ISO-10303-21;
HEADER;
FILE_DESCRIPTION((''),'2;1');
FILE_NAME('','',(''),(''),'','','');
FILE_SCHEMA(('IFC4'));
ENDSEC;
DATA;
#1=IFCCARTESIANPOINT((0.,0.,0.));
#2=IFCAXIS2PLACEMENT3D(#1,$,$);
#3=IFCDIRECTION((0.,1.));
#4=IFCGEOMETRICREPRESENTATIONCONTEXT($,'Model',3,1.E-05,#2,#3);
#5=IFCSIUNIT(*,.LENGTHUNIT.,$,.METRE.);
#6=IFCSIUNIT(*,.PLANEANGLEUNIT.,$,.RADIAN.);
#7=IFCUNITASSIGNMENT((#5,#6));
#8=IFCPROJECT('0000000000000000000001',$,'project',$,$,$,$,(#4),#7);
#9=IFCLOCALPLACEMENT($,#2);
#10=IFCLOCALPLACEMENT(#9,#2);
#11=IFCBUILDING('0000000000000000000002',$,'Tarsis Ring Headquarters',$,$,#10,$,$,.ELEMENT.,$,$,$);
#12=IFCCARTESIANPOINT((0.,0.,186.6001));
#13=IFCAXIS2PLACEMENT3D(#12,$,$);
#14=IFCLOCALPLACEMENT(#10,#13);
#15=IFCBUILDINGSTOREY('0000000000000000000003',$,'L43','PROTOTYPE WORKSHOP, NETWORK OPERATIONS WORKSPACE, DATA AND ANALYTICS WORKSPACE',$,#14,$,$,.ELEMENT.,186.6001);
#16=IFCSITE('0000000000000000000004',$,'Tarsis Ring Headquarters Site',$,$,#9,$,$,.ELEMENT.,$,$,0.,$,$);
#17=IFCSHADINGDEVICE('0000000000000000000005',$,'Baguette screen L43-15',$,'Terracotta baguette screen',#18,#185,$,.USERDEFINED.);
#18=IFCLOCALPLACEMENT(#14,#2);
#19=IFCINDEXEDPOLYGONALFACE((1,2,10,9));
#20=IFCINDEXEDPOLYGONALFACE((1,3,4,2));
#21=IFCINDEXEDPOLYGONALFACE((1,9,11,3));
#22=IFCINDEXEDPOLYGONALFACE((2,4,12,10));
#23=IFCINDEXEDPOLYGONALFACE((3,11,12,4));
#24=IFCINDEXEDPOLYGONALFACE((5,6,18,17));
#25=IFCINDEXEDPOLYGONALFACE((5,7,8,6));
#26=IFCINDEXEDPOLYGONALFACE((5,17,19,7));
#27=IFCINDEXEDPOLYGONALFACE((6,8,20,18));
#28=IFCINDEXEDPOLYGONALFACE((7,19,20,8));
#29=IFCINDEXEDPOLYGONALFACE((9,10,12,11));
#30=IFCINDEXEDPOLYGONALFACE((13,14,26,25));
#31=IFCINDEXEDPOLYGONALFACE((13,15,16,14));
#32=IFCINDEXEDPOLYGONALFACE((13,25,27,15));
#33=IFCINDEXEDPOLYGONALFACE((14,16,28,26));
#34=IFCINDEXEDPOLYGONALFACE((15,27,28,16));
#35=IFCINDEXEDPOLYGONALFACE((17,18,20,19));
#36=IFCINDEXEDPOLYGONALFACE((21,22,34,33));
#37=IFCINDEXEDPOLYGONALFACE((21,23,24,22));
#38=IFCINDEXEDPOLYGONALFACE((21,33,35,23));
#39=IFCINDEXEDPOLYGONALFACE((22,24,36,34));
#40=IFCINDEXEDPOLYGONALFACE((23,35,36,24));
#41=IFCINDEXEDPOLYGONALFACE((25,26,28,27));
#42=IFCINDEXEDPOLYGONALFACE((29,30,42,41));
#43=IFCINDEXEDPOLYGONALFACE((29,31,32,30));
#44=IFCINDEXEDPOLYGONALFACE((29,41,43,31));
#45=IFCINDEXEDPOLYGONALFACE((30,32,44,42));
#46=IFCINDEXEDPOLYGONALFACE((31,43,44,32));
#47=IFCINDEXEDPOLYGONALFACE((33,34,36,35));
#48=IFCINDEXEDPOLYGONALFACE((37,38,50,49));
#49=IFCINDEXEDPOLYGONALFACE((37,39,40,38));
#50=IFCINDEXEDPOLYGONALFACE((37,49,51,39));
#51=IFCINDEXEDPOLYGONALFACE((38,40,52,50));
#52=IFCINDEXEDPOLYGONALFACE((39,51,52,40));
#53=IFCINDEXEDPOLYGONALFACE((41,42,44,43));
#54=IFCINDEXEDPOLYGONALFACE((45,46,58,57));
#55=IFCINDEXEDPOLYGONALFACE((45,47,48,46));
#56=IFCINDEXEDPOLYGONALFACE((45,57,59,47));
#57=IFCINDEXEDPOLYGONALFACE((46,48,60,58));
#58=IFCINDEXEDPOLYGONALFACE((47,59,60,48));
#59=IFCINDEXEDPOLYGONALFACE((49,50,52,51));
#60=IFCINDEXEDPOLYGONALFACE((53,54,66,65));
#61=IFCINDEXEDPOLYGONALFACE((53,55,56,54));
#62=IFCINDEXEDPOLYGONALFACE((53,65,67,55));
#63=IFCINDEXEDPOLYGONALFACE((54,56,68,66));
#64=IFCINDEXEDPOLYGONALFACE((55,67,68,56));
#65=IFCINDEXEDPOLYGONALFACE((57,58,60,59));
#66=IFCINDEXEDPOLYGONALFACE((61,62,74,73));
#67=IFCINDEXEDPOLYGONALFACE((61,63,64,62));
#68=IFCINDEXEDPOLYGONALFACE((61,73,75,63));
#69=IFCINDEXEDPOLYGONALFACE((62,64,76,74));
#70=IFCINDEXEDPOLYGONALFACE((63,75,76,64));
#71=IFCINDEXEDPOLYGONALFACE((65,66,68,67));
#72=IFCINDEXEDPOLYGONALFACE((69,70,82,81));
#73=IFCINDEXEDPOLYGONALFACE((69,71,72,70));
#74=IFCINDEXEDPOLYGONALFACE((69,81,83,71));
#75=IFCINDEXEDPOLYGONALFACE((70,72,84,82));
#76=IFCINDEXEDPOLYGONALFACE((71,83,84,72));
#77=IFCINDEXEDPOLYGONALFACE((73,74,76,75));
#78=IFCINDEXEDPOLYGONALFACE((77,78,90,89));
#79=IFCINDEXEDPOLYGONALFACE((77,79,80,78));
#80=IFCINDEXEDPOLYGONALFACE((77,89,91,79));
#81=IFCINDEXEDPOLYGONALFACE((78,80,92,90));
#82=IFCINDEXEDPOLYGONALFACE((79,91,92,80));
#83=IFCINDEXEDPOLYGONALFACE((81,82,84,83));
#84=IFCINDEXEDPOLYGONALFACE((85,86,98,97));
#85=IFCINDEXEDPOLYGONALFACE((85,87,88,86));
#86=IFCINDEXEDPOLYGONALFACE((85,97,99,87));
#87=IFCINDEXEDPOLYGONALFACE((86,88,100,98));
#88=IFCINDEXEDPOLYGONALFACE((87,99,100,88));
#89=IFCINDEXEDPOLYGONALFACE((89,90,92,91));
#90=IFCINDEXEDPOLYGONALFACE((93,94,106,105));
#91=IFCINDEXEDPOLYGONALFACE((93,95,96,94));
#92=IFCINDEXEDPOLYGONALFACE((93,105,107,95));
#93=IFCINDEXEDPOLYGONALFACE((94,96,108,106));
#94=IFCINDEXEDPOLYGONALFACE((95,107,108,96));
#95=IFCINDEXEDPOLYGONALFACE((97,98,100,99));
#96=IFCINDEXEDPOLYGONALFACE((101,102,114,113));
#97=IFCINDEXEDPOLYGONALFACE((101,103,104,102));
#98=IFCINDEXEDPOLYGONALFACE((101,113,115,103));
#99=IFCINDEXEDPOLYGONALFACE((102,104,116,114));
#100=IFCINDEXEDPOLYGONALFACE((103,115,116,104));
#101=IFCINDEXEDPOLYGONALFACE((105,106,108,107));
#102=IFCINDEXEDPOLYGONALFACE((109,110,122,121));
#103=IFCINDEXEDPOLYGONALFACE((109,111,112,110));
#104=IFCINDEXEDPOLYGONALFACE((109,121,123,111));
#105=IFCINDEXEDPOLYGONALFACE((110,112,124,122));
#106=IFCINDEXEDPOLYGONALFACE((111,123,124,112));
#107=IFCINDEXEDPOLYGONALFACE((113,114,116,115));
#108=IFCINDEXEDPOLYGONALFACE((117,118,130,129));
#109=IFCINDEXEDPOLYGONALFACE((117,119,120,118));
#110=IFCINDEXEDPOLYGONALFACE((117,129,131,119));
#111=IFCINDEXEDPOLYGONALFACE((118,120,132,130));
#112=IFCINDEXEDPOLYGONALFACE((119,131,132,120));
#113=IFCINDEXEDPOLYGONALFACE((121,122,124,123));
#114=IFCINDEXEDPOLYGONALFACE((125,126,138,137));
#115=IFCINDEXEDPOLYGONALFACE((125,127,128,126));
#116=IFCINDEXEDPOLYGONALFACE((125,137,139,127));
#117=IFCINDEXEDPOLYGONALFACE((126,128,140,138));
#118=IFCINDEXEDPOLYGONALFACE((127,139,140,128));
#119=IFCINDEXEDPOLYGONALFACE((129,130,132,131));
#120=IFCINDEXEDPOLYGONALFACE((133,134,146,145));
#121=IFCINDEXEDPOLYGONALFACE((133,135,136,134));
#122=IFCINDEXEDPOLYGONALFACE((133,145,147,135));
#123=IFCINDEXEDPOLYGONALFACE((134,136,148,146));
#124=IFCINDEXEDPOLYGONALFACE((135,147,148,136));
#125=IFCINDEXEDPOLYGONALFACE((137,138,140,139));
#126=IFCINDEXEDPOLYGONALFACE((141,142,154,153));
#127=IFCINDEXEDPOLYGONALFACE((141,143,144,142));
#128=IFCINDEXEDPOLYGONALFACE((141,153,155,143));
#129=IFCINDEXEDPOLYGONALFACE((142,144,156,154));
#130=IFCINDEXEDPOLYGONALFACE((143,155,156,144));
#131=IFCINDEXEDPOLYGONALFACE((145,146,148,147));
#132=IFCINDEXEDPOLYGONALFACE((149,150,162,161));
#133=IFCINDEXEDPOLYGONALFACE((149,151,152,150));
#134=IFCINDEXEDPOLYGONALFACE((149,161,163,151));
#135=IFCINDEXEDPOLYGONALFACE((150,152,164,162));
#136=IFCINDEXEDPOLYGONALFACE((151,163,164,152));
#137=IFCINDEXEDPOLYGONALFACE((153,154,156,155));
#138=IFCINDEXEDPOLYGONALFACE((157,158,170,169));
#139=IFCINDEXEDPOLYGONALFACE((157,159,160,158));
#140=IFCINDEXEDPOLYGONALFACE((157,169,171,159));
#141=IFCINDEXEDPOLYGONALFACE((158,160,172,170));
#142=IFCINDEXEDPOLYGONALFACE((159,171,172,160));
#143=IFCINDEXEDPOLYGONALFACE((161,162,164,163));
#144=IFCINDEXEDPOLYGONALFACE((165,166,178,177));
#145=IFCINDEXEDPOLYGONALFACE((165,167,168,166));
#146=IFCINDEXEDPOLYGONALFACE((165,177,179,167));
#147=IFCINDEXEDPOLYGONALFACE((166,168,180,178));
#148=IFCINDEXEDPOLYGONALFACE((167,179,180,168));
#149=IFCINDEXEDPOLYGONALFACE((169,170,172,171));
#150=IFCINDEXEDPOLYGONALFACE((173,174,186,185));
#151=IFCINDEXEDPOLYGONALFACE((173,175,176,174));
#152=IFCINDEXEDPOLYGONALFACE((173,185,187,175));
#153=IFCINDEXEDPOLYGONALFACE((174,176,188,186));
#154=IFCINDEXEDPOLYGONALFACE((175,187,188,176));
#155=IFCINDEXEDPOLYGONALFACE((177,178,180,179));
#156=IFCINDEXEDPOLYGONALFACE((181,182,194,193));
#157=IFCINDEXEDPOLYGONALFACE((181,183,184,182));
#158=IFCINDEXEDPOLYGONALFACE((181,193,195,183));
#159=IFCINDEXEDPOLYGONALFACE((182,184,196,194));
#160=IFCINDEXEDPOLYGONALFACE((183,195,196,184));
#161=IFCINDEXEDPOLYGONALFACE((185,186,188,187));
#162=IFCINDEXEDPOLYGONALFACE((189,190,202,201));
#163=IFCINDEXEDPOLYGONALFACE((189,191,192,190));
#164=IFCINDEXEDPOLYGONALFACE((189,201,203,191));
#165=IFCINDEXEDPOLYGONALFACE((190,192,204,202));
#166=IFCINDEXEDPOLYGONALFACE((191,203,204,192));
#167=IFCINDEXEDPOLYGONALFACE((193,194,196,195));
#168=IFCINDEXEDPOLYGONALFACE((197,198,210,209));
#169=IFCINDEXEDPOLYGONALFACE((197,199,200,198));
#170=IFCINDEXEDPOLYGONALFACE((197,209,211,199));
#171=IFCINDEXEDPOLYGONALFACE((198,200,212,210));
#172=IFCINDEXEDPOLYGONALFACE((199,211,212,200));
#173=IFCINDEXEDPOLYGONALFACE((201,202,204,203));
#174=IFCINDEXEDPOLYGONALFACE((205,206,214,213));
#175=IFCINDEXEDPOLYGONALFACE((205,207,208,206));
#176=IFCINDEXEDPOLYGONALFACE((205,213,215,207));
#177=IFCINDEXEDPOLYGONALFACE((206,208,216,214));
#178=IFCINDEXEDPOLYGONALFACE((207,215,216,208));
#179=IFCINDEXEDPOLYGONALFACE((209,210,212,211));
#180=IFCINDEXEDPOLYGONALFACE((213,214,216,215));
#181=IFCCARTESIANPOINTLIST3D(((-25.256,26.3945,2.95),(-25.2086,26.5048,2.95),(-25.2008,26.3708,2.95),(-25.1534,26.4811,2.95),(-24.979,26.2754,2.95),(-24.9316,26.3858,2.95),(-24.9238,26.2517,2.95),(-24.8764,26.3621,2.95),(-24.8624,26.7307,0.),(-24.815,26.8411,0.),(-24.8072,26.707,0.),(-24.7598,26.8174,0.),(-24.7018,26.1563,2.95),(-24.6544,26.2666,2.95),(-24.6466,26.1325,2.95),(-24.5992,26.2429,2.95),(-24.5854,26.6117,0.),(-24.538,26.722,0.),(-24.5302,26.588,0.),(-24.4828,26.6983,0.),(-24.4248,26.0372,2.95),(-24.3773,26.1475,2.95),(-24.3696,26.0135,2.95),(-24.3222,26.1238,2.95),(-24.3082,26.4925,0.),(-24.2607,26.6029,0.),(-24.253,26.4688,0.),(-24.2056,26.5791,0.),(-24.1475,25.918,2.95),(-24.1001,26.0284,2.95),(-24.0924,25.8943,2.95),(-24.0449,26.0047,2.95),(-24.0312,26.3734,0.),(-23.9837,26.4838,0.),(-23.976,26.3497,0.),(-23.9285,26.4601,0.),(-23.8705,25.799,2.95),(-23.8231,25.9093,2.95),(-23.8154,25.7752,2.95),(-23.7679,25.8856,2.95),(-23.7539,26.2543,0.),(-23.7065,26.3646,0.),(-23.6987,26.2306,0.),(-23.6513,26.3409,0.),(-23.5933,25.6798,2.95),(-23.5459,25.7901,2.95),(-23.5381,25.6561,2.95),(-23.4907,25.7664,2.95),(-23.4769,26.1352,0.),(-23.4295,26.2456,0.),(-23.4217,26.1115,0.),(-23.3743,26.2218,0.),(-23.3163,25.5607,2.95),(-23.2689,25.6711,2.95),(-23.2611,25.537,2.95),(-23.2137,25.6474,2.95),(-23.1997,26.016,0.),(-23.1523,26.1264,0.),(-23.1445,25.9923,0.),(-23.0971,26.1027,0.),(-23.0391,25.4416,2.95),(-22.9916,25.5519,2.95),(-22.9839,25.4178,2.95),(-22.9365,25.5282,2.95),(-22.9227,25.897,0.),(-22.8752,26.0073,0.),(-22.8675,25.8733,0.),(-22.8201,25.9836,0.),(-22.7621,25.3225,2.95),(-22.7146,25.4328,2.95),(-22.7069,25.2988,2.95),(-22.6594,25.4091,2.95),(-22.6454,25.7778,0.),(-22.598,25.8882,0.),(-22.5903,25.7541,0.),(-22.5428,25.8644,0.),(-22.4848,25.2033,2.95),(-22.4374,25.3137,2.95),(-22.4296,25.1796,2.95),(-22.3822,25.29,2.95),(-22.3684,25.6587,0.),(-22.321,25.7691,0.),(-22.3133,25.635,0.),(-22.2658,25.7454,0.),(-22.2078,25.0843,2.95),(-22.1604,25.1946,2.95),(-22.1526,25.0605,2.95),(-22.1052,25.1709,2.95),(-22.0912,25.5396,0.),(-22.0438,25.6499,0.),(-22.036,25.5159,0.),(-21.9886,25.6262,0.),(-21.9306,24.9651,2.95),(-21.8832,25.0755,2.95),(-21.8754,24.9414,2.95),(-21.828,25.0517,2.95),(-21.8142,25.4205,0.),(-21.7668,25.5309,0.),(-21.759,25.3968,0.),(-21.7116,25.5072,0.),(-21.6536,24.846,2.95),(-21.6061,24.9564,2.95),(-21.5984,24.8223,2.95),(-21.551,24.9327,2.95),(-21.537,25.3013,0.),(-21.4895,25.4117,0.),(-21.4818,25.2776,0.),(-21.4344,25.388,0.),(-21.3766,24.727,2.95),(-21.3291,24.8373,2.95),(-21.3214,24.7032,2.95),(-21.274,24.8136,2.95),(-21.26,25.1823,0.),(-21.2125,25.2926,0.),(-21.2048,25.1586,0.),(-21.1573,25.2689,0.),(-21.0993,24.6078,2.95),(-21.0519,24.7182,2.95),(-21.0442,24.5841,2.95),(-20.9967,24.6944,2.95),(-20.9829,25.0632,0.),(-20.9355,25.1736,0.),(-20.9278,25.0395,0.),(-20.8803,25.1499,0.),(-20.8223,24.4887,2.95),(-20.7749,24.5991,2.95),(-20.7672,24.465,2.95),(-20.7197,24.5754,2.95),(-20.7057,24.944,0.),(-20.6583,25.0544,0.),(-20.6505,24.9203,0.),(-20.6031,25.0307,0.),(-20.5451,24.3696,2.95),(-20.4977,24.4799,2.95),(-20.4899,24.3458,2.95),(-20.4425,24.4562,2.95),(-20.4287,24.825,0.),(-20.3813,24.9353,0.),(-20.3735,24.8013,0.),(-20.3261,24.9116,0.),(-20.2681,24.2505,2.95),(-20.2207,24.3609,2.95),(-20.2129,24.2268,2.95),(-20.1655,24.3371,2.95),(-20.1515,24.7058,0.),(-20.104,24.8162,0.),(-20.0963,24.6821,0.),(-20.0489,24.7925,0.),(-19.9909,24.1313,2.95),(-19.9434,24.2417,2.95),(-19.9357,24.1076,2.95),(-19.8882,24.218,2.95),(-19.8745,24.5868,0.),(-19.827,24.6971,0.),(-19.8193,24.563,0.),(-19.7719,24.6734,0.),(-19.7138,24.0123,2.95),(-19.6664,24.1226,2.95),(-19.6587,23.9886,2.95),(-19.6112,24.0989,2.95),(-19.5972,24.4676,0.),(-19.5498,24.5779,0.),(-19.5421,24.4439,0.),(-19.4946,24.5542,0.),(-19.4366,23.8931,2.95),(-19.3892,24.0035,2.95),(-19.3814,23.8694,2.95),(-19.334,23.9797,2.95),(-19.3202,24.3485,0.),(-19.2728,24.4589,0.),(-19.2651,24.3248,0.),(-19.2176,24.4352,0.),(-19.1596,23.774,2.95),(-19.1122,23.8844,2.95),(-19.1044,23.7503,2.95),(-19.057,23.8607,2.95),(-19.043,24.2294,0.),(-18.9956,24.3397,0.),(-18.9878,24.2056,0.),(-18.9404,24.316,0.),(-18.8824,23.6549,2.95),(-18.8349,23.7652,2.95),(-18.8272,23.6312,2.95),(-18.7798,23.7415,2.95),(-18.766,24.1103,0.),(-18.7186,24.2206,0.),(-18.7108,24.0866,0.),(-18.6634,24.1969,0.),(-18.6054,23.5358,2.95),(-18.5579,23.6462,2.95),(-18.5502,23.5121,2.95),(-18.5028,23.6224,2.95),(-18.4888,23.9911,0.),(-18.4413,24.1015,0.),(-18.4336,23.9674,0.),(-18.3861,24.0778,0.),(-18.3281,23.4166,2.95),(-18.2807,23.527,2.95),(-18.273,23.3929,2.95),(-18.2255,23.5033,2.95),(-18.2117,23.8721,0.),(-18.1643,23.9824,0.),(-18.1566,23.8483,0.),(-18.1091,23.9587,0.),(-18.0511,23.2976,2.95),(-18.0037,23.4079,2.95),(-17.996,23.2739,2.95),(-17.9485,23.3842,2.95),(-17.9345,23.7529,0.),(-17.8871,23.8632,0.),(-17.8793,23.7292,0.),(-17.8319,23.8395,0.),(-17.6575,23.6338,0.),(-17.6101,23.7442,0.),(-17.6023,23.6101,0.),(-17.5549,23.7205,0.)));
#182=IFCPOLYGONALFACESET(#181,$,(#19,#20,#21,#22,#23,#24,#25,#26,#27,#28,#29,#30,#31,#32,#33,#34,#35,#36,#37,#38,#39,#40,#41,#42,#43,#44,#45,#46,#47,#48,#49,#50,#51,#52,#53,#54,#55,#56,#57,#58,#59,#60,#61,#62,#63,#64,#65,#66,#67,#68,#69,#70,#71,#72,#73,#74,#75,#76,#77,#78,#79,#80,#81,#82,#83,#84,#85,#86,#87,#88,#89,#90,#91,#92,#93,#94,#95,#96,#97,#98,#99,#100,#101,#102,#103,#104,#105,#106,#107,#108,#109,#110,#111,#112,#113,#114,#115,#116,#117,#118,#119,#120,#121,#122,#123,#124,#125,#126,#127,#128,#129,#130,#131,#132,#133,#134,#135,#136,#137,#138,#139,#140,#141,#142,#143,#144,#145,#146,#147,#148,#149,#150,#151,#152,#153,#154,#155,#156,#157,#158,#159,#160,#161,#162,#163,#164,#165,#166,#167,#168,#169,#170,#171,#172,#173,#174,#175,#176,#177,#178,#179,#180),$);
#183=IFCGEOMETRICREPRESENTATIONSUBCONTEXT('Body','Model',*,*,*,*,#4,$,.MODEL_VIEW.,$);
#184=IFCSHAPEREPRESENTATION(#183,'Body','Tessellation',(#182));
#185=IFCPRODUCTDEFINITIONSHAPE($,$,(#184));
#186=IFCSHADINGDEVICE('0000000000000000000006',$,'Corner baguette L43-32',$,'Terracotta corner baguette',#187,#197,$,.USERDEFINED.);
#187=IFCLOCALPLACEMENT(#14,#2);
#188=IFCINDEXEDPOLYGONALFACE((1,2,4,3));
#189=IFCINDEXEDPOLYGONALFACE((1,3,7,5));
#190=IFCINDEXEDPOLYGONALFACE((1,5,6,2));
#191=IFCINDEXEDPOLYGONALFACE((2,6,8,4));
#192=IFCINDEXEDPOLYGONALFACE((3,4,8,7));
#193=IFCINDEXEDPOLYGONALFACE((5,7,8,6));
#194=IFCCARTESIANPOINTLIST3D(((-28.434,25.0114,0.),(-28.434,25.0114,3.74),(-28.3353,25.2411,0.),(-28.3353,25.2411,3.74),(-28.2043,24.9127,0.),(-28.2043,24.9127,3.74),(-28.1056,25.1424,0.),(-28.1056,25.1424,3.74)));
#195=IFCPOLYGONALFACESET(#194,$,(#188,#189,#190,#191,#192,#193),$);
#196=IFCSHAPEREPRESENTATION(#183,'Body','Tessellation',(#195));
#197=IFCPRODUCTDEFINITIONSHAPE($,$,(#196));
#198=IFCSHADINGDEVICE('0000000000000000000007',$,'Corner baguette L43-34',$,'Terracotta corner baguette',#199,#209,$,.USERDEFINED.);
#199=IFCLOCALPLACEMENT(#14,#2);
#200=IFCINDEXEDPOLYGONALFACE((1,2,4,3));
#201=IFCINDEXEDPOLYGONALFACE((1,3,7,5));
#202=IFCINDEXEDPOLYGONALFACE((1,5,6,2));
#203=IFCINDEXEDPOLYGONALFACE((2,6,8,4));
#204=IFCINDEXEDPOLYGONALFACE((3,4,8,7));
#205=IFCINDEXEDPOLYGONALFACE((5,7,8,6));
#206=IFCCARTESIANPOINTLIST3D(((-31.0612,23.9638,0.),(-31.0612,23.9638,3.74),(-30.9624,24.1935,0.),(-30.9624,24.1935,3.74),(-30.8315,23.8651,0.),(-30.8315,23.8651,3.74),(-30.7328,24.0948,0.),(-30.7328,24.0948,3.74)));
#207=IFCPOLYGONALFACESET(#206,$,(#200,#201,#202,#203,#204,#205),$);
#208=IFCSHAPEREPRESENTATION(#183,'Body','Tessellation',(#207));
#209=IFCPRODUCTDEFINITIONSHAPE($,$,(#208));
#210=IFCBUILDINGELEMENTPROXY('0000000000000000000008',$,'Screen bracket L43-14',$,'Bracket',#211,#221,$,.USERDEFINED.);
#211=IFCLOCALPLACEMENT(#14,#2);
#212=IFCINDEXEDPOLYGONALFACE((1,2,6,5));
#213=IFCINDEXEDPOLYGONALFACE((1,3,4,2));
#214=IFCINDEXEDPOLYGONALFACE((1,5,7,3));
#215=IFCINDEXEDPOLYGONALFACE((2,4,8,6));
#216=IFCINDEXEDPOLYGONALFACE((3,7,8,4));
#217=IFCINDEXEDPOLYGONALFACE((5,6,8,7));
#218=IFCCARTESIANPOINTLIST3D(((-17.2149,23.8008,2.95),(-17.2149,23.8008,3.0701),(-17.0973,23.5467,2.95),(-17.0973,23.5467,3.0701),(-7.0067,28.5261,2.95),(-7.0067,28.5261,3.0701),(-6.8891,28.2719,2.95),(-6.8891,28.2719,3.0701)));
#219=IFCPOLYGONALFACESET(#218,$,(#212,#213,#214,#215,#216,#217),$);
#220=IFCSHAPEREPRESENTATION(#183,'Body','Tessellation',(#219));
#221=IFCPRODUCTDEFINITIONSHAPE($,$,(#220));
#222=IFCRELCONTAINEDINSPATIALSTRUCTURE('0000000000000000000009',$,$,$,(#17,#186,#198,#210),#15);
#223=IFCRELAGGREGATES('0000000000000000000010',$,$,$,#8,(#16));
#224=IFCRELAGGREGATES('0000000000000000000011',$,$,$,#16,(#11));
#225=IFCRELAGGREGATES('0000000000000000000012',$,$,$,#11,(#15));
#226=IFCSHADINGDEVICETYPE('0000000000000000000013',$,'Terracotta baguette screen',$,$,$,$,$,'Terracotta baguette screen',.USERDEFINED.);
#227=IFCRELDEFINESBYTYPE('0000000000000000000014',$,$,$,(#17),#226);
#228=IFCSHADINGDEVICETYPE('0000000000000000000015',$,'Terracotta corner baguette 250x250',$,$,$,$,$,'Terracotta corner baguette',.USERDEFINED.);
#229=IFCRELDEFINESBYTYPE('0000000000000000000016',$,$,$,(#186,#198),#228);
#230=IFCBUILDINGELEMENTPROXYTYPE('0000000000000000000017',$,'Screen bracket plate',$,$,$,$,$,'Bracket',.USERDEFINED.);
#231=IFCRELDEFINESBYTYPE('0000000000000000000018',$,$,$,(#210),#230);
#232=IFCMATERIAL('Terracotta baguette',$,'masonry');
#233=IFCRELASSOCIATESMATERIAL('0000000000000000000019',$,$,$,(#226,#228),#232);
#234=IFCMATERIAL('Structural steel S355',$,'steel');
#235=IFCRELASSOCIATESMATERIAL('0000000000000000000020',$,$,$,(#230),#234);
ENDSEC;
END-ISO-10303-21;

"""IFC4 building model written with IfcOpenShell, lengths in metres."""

from ifc_helpers import new_model, si_unit, direction, frame, frame_2d, origin, origin_2d, place, context, subcontext, project, spatial, rectangle, composite_profile, extrude, material, type_object, element, save


model = new_model("IFC4")

# Units and contexts
model_context = context("Model", 3, precision=1e-05, world=origin(), true_north=direction((0.0, 1.0)))
body_context = subcontext(model_context, "Body", "Model", "MODEL_VIEW")
ifc_project = project(units=[si_unit("LENGTHUNIT", "METRE"), si_unit("PLANEANGLEUNIT", "RADIAN")], contexts=[model_context])

# Site, building, storey
site_placement = place(None, origin())
site = spatial("IfcSite", under=ifc_project, at=site_placement, Name="Tarsis Ring Headquarters Site", CompositionType="ELEMENT", RefElevation=0.0)
building_placement = place(site_placement, origin())
building = spatial("IfcBuilding", under=site, at=building_placement, Name="Tarsis Ring Headquarters", CompositionType="ELEMENT")
storey_placement = place(building_placement, frame((0.0, 0.0, 186.6001)))
storey = spatial("IfcBuildingStorey", under=building, at=storey_placement, Name="L43", Description="PROTOTYPE WORKSHOP, NETWORK OPERATIONS WORKSPACE, DATA AND ANALYTICS WORKSPACE", CompositionType="ELEMENT", Elevation=186.6001)

# Shared definitions
ifc_material_1 = material(Name="Structural steel S355", Category="steel")

# Shading devices
ifc_material_2 = material(Name="Terracotta baguette", Category="masonry")
shading_device_type_1 = type_object("IfcShadingDeviceType", Name="Terracotta baguette screen", ElementType="Terracotta baguette screen", PredefinedType="USERDEFINED", material=ifc_material_2)
shading_device_1_placement = place(storey_placement, frame((-17.5786, 23.6653, 0.0), z_axis=(0.0, 0.0, 1.0), x_axis=(-0.918716, 0.394896, 0.0)))
element("IfcShadingDevice", 1, at=shading_device_1_placement, inside=storey, type_object=shading_device_type_1, Name="Baguette screen L43-15", ObjectType="Terracotta baguette screen", PredefinedType="USERDEFINED", context=body_context, shape_type="SweptSolid", body=[
    extrude(composite_profile([rectangle(XDim=0.0601, YDim=0.1201, at=frame_2d((0.03, 0.0))), rectangle(XDim=0.0601, YDim=0.1201, at=frame_2d((0.3315, 0.0))), rectangle(XDim=0.0601, YDim=0.1201, at=frame_2d((0.6333, 0.0))), rectangle(XDim=0.0601, YDim=0.1201, at=frame_2d((0.9348, 0.0))), rectangle(XDim=0.0601, YDim=0.1201, at=frame_2d((1.2366, 0.0))), rectangle(XDim=0.0601, YDim=0.1201, at=frame_2d((1.5381, 0.0))), rectangle(XDim=0.0601, YDim=0.1201, at=frame_2d((1.8398, 0.0))), rectangle(XDim=0.0601, YDim=0.1201, at=frame_2d((2.1414, 0.0))), rectangle(XDim=0.0601, YDim=0.1201, at=frame_2d((2.4431, 0.0))), rectangle(XDim=0.0601, YDim=0.1201, at=frame_2d((2.7446, 0.0))), rectangle(XDim=0.0601, YDim=0.1201, at=frame_2d((3.0464, 0.0))), rectangle(XDim=0.0601, YDim=0.1201, at=frame_2d((3.3479, 0.0))), rectangle(XDim=0.0601, YDim=0.1201, at=frame_2d((3.6497, 0.0))), rectangle(XDim=0.0601, YDim=0.1201, at=frame_2d((3.9512, 0.0))), rectangle(XDim=0.0601, YDim=0.1201, at=frame_2d((4.2527, 0.0))), rectangle(XDim=0.0601, YDim=0.1201, at=frame_2d((4.5544, 0.0))), rectangle(XDim=0.0601, YDim=0.1201, at=frame_2d((4.856, 0.0))), rectangle(XDim=0.0601, YDim=0.1201, at=frame_2d((5.1577, 0.0))), rectangle(XDim=0.0601, YDim=0.1201, at=frame_2d((5.4592, 0.0))), rectangle(XDim=0.0601, YDim=0.1201, at=frame_2d((5.761, 0.0))), rectangle(XDim=0.0601, YDim=0.1201, at=frame_2d((6.0625, 0.0))), rectangle(XDim=0.0601, YDim=0.1201, at=frame_2d((6.3643, 0.0))), rectangle(XDim=0.0601, YDim=0.1201, at=frame_2d((6.6658, 0.0))), rectangle(XDim=0.0601, YDim=0.1201, at=frame_2d((6.9675, 0.0))), rectangle(XDim=0.0601, YDim=0.1201, at=frame_2d((7.269, 0.0))), rectangle(XDim=0.0601, YDim=0.1201, at=frame_2d((7.5708, 0.0))), rectangle(XDim=0.0601, YDim=0.1201, at=frame_2d((7.8723, 0.0)))]), origin(), (0.076405, 0.15504, 0.984949), 2.9951),
])
shading_device_type_2 = type_object("IfcShadingDeviceType", Name="Terracotta corner baguette 250x250", ElementType="Terracotta corner baguette", PredefinedType="USERDEFINED", material=ifc_material_2)
for number, where, z_axis, x_axis, name in (
    (2, (-28.2698, 25.0769, 0.0), (0.0, 0.0, 1.0), (-0.918722, 0.394904, 0.0), "Corner baguette L43-32"),
    (3, (-30.897, 24.0293, 0.0), (0.0, 0.0, 1.0), (-0.918722, 0.394904, 0.0), "Corner baguette L43-34"),
):
    element("IfcShadingDevice", number, at=place(storey_placement, frame(where, z_axis=z_axis, x_axis=x_axis)), inside=storey, type_object=shading_device_type_2, Name=name, ObjectType="Terracotta corner baguette", PredefinedType="USERDEFINED", context=body_context, shape_type="SweptSolid", body=[
        extrude(rectangle(XDim=0.25, YDim=0.25, at=origin_2d()), origin(), (0.0, 0.0, 1.0), 3.74),
    ])

# Building element proxy
building_element_proxy_type = type_object("IfcBuildingElementProxyType", Name="Screen bracket plate", ElementType="Bracket", PredefinedType="USERDEFINED", material=ifc_material_1)
proxy_placement = place(storey_placement, frame((-12.052, 26.0364, 2.95), z_axis=(0.0, 0.0, 1.0), x_axis=(-0.907494, -0.420066, 0.0)))
element("IfcBuildingElementProxy", 4, at=proxy_placement, inside=storey, type_object=building_element_proxy_type, Name="Screen bracket L43-14", ObjectType="Bracket", PredefinedType="USERDEFINED", context=body_context, shape_type="SweptSolid", body=[
    extrude(rectangle(XDim=11.2488, YDim=0.28, at=origin_2d()), origin(), (0.0, 0.0, 1.0), 0.1201),
])

save(model, "model.ifc")
